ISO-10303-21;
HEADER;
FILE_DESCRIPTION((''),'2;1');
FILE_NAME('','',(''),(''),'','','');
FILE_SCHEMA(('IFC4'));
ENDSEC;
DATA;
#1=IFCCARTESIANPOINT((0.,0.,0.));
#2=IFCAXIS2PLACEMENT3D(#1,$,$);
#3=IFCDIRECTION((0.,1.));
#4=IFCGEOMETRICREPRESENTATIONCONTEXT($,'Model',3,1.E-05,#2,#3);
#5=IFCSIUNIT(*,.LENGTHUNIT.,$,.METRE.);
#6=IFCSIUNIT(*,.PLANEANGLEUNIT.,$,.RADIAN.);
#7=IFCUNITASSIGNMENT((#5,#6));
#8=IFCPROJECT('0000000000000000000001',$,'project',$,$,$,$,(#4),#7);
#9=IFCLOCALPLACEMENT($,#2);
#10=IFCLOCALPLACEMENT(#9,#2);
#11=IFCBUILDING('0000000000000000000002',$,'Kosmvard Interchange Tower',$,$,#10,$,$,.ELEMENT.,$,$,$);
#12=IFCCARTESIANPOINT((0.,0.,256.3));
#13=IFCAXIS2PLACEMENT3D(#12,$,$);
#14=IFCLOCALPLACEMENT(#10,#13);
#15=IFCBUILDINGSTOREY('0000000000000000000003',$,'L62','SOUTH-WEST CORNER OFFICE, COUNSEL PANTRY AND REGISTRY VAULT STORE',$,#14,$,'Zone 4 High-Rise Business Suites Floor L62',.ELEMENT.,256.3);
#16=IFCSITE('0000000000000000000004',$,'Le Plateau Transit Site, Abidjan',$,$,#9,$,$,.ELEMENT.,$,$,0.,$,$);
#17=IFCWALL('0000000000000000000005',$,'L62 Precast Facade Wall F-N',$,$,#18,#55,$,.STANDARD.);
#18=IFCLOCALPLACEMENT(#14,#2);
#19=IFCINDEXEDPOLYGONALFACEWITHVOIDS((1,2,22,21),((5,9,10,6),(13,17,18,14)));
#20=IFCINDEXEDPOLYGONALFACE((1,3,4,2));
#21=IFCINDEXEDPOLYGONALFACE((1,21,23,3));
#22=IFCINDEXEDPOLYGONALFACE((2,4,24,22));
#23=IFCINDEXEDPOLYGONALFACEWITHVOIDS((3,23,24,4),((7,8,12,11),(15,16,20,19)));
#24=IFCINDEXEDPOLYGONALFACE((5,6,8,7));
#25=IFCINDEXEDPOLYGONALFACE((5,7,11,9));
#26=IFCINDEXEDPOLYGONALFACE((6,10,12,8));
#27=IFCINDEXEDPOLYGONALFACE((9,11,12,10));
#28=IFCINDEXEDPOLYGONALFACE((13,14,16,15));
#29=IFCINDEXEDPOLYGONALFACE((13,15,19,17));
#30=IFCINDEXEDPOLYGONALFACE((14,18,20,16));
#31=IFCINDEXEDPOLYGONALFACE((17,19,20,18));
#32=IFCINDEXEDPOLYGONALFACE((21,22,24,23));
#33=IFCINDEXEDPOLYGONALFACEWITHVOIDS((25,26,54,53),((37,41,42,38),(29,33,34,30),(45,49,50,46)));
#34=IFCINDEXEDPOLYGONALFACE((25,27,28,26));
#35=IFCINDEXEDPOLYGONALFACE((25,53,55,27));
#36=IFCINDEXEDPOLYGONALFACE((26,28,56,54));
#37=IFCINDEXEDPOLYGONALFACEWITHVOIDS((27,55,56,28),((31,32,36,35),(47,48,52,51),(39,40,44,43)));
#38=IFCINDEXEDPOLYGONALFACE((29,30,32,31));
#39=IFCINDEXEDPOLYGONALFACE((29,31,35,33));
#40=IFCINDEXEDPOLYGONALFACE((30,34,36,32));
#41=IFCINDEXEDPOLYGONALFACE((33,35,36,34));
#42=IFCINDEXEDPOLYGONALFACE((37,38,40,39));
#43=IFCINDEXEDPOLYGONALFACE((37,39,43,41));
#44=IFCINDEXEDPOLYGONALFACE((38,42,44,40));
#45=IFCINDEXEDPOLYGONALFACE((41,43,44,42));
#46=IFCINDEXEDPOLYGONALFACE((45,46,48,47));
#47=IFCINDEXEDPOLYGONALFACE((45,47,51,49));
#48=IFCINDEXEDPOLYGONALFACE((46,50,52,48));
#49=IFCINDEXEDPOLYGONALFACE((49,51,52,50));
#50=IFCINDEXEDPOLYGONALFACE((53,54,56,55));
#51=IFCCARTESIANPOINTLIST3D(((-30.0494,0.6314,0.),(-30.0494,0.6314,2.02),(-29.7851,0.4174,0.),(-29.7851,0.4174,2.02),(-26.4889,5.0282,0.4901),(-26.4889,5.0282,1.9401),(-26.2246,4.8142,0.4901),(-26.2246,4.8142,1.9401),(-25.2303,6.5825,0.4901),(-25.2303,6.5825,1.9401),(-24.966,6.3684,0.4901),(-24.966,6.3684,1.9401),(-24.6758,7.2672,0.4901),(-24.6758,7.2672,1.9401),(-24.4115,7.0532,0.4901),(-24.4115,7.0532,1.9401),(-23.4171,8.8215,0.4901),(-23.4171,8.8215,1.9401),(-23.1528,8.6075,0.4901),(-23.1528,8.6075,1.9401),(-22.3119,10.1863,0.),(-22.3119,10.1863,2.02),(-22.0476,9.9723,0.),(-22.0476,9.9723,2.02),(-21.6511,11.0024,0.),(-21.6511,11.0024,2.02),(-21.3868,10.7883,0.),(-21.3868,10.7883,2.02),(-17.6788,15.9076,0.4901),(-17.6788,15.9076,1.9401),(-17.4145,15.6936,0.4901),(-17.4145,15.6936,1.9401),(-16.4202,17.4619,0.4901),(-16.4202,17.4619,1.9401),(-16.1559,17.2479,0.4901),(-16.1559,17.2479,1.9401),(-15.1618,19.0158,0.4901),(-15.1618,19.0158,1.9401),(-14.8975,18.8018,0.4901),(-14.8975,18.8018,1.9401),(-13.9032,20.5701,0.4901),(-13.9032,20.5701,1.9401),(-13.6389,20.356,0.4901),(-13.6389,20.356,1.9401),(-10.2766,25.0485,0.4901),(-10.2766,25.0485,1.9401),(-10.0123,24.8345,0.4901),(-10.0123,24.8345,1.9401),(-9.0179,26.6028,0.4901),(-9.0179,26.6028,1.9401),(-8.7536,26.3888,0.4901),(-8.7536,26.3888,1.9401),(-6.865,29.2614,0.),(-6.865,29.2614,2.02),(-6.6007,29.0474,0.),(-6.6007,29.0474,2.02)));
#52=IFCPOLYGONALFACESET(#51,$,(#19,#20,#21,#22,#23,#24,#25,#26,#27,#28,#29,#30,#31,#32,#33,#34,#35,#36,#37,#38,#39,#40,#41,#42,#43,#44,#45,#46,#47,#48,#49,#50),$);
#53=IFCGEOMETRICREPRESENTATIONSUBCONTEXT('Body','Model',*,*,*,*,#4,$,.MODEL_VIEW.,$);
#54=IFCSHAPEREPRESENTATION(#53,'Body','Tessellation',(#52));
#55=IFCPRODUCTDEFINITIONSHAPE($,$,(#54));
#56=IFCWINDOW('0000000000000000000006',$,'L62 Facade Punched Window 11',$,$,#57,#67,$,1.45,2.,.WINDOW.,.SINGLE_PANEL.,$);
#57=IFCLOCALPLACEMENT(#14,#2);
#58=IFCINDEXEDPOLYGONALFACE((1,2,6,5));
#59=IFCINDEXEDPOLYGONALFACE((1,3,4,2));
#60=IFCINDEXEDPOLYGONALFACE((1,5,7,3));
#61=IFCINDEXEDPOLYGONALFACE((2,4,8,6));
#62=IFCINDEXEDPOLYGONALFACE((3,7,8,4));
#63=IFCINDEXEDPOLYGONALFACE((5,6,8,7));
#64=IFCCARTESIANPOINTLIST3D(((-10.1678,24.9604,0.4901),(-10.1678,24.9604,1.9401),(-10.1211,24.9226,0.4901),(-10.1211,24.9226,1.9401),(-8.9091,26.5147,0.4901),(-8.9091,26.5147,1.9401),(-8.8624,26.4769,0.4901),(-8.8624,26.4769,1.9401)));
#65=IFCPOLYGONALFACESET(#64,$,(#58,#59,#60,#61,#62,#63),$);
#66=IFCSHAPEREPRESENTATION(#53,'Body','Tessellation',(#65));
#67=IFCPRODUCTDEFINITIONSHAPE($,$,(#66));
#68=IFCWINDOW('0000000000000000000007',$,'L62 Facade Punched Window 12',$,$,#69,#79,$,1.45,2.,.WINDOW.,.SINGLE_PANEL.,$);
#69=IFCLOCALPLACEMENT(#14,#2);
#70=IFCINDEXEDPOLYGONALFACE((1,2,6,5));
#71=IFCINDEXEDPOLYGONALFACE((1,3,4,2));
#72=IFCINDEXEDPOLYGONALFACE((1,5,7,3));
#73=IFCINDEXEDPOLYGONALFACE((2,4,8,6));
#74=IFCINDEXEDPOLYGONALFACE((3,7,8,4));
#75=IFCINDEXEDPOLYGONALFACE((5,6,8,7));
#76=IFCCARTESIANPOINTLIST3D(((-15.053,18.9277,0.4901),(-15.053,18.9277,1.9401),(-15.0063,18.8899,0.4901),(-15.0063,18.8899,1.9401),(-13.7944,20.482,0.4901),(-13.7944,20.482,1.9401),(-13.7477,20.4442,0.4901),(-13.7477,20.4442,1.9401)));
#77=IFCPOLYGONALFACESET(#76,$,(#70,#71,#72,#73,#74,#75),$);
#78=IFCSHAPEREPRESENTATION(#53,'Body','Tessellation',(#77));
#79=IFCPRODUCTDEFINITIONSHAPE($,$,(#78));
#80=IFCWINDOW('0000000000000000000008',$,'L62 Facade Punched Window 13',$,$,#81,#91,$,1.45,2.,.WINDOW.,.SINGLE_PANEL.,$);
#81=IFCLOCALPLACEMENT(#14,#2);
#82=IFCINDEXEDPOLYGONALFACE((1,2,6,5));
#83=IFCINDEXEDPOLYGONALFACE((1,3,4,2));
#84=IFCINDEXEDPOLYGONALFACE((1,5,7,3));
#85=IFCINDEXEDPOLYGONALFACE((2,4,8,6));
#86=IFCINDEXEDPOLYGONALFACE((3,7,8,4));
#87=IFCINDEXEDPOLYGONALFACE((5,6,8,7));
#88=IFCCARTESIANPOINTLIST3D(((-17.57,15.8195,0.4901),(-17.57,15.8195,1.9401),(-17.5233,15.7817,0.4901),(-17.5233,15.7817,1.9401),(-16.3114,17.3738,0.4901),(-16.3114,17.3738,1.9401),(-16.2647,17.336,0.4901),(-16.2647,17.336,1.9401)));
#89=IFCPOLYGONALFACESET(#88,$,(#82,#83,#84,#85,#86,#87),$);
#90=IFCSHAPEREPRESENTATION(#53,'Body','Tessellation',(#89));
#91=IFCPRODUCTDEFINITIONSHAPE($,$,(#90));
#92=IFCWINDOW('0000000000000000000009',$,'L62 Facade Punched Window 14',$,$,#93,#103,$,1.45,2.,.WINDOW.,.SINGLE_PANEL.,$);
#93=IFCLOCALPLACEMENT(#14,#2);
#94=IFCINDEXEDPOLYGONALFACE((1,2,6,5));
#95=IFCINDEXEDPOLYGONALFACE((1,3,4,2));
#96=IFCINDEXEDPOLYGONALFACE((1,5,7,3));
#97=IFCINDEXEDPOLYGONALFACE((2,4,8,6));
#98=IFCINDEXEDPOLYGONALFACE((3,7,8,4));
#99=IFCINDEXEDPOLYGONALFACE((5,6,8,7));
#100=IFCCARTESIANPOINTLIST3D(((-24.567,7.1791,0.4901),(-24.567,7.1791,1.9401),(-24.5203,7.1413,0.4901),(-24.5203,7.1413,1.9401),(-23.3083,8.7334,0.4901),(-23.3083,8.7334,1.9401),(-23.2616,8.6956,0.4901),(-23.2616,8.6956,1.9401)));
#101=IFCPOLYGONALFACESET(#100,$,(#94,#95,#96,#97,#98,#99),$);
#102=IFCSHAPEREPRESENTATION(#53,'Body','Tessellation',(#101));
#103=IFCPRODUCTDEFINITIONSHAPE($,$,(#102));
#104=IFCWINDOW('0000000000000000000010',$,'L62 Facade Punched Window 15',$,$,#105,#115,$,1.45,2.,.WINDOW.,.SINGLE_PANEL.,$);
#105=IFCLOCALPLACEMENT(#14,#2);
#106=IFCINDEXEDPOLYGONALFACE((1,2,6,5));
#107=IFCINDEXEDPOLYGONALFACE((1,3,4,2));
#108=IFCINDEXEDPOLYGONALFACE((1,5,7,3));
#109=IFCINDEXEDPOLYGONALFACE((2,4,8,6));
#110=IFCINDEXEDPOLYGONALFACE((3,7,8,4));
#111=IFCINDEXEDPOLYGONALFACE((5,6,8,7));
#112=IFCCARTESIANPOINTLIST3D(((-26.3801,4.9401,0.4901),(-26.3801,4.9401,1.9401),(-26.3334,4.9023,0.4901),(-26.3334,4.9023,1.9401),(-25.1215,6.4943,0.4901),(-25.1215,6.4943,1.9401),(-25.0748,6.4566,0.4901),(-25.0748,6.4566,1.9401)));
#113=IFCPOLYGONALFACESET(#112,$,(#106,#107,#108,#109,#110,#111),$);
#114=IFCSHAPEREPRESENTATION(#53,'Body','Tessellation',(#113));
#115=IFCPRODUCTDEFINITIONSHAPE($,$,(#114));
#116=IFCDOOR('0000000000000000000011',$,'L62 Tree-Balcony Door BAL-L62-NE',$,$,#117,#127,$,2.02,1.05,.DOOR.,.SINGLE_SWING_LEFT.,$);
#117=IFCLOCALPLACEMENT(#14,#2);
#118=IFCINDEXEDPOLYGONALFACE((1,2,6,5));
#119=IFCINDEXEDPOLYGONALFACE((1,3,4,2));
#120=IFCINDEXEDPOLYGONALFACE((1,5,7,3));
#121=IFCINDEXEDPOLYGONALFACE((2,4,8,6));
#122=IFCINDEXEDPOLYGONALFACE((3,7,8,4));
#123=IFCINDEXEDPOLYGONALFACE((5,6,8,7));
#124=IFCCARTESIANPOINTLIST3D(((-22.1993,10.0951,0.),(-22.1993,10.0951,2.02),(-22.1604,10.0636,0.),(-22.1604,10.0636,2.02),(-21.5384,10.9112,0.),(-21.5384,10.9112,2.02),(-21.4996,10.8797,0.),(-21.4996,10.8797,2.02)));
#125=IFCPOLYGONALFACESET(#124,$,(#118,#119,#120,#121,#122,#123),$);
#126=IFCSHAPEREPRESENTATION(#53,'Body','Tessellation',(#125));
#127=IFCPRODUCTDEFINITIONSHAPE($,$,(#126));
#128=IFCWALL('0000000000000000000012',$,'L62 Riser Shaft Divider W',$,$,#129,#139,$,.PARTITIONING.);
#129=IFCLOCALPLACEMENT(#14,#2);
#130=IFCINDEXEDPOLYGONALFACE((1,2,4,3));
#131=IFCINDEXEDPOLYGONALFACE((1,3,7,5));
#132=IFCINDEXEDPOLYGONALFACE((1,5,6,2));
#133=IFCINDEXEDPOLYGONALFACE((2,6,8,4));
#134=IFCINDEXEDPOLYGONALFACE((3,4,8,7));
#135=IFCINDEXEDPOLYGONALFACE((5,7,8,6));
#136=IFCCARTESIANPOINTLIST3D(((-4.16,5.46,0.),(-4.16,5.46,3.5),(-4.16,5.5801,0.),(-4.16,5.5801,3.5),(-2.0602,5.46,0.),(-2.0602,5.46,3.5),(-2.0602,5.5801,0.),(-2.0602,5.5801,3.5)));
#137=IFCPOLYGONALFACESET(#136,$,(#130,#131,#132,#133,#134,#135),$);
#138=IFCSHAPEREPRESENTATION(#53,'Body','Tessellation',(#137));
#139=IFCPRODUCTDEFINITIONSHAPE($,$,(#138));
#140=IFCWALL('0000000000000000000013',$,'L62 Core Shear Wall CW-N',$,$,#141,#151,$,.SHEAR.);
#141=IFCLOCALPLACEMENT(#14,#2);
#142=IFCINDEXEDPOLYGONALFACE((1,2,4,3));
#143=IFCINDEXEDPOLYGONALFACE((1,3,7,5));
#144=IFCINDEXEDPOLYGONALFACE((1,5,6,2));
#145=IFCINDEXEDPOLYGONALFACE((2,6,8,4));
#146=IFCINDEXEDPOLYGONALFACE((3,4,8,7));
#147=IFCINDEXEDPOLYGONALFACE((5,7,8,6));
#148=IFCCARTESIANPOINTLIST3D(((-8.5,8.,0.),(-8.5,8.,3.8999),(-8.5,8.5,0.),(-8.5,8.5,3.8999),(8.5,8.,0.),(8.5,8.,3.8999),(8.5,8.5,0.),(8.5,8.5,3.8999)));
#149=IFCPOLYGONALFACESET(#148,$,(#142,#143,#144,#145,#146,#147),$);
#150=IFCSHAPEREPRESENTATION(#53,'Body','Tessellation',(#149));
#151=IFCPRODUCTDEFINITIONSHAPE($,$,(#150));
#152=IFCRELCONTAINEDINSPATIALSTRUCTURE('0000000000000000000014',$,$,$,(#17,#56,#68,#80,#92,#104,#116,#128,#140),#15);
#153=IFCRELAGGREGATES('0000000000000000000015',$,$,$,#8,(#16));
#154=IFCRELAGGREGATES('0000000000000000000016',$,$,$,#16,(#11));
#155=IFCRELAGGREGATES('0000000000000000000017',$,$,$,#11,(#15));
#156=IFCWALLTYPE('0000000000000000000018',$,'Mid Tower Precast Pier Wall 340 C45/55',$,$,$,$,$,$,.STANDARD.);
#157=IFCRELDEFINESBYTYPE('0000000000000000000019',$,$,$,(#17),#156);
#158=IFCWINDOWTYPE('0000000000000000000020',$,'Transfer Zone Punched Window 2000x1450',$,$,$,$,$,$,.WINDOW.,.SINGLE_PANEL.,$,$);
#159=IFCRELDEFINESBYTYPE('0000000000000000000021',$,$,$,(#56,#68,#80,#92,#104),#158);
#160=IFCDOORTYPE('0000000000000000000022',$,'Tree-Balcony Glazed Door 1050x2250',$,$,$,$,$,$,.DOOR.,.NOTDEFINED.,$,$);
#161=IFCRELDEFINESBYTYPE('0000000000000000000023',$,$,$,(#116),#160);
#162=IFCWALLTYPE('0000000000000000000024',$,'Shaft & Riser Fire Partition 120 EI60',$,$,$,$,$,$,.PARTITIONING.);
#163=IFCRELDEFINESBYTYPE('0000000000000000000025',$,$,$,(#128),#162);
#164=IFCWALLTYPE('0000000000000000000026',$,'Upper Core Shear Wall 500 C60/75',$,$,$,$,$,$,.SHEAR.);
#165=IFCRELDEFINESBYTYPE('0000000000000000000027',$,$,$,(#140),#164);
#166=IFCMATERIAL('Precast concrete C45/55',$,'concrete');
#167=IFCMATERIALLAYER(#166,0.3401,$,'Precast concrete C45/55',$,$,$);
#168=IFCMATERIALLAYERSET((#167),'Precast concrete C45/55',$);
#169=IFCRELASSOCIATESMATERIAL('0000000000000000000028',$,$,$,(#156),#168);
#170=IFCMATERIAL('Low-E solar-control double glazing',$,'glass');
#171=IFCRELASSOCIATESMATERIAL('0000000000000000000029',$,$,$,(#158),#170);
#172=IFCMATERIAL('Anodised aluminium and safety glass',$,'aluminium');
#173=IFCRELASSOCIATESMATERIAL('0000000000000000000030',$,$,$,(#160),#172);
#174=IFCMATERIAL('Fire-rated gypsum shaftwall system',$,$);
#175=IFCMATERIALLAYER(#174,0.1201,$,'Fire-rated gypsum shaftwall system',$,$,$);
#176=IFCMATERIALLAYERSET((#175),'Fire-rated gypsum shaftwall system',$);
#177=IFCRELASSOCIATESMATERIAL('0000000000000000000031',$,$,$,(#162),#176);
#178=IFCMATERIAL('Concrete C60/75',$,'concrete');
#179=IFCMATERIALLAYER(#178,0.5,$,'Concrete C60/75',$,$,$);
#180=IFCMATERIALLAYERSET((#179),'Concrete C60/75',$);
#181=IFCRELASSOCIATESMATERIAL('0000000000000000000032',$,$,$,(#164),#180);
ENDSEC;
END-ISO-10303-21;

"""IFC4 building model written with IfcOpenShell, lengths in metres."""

from ifc_helpers import new_model, si_unit, direction, frame, frame_2d, origin, place, context, subcontext, project, spatial, rectangle, extrude, source, transform, mapped, material, layer, layer_set, type_object, element, fill, save


model = new_model("IFC4")

# Units and contexts
model_context = context("Model", 3, precision=1e-05, world=origin(), true_north=direction((0.0, 1.0)))
body_context = subcontext(model_context, "Body", "Model", "MODEL_VIEW")
ifc_project = project(units=[si_unit("LENGTHUNIT", "METRE"), si_unit("PLANEANGLEUNIT", "RADIAN")], contexts=[model_context])

# Site, building, storey
site_placement = place(None, origin())
site = spatial("IfcSite", under=ifc_project, at=site_placement, Name="Le Plateau Transit Site, Abidjan", CompositionType="ELEMENT", RefElevation=0.0)
building_placement = place(site_placement, origin())
building = spatial("IfcBuilding", under=site, at=building_placement, Name="Kosmvard Interchange Tower", CompositionType="ELEMENT")
storey_placement = place(building_placement, frame((0.0, 0.0, 256.3)))
storey = spatial("IfcBuildingStorey", under=building, at=storey_placement, Name="L62", Description="SOUTH-WEST CORNER OFFICE, COUNSEL PANTRY AND REGISTRY VAULT STORE", LongName="Zone 4 High-Rise Business Suites Floor L62", CompositionType="ELEMENT", Elevation=256.3)

# Shared definitions
ifc_material_1 = material(Name="Concrete C60/75", Category="concrete")

# Shared definitions
ifc_material_2 = material(Name="Precast concrete C45/55", Category="concrete")
ifc_layer_1 = layer(ifc_material_2, 0.3401, Name="Precast concrete C45/55")
ifc_layer_set_1 = layer_set([ifc_layer_1], Name="Precast concrete C45/55")
wall_type_1 = type_object("IfcWallType", Name="Mid Tower Precast Pier Wall 340 C45/55", PredefinedType="STANDARD", material=ifc_layer_set_1)

# Wall, openings, windows, door
wall_1_placement = place(storey_placement, frame((-6.7329, 29.1543, 0.0), z_axis=(0.0, 0.0, 1.0), x_axis=(-0.629325, -0.777142, 0.0)))
wall_1 = element("IfcWall", 1, at=wall_1_placement, inside=storey, type_object=wall_type_1, Name="L62 Precast Facade Wall F-N", PredefinedType="STANDARD", context=body_context, shape_type="SweptSolid", body=[
    extrude(rectangle(XDim=36.8401, YDim=0.3401, at=frame_2d((18.4199, 0.0))), origin(), (0.0, 0.0, 1.0), 2.02),
])
opening_1_placement = place(wall_1_placement, frame((23.4951, 0.0, 0.0)))
opening_1 = element("IfcOpeningElement", 2, at=opening_1_placement, cuts=wall_1, PredefinedType="OPENING", context=body_context, shape_type="SweptSolid", body=[
    extrude(rectangle(XDim=1.05, YDim=2.02, at=frame_2d((0.5249, 1.01))), frame((0.0, 0.1802, 0.0), z_axis=(0.0, -1.0, 0.0), x_axis=(1.0, 0.0, 0.0)), (0.0, 0.0, 1.0), 0.3601),
])
opening_2_placement = place(wall_1_placement, frame((3.4209, 0.0, 0.49)))
opening_2 = element("IfcOpeningElement", 3, at=opening_2_placement, cuts=wall_1, PredefinedType="OPENING", context=body_context, shape_type="SweptSolid", body=[
    extrude(rectangle(XDim=2.0, YDim=1.45, at=frame_2d((1.0, 0.7251))), frame((0.0, 0.1802, 0.0), z_axis=(0.0, -1.0, 0.0), x_axis=(1.0, 0.0, 0.0)), (0.0, 0.0, 1.0), 0.3601),
])
opening_3_placement = place(wall_1_placement, frame((11.1836, 0.0, 0.49)))
opening_3 = element("IfcOpeningElement", 4, at=opening_3_placement, cuts=wall_1, PredefinedType="OPENING", context=body_context, shape_type="SweptSolid", body=[
    extrude(rectangle(XDim=2.0, YDim=1.45, at=frame_2d((1.0, 0.7251))), frame((0.0, 0.1802, 0.0), z_axis=(0.0, -1.0, 0.0), x_axis=(1.0, 0.0, 0.0)), (0.0, 0.0, 1.0), 0.3601),
])
opening_4_placement = place(wall_1_placement, frame((15.1831, 0.0, 0.49)))
opening_4 = element("IfcOpeningElement", 5, at=opening_4_placement, cuts=wall_1, PredefinedType="OPENING", context=body_context, shape_type="SweptSolid", body=[
    extrude(rectangle(XDim=2.0, YDim=1.45, at=frame_2d((1.0, 0.7251))), frame((0.0, 0.1802, 0.0), z_axis=(0.0, -1.0, 0.0), x_axis=(1.0, 0.0, 0.0)), (0.0, 0.0, 1.0), 0.3601),
])
opening_5_placement = place(wall_1_placement, frame((26.3013, 0.0, 0.49)))
opening_5 = element("IfcOpeningElement", 6, at=opening_5_placement, cuts=wall_1, PredefinedType="OPENING", context=body_context, shape_type="SweptSolid", body=[
    extrude(rectangle(XDim=2.0, YDim=1.45, at=frame_2d((1.0, 0.7251))), frame((0.0, 0.1802, 0.0), z_axis=(0.0, -1.0, 0.0), x_axis=(1.0, 0.0, 0.0)), (0.0, 0.0, 1.0), 0.3601),
])
opening_6_placement = place(wall_1_placement, frame((29.1824, 0.0, 0.49)))
opening_6 = element("IfcOpeningElement", 7, at=opening_6_placement, cuts=wall_1, PredefinedType="OPENING", context=body_context, shape_type="SweptSolid", body=[
    extrude(rectangle(XDim=2.0, YDim=1.45, at=frame_2d((1.0, 0.7251))), frame((0.0, 0.1802, 0.0), z_axis=(0.0, -1.0, 0.0), x_axis=(1.0, 0.0, 0.0)), (0.0, 0.0, 1.0), 0.3601),
])
ifc_material_3 = material(Name="Low-E solar-control double glazing", Category="glass")
window_type = type_object("IfcWindowType", Name="Transfer Zone Punched Window 2000x1450", PartitioningType="SINGLE_PANEL", PredefinedType="WINDOW", material=ifc_material_3)
shared_shape_1 = source(origin(), body_context, "Body", "SweptSolid", [
    extrude(rectangle(XDim=2.0, YDim=1.45, at=frame_2d((1.0, 0.7251))), frame((0.0, 0.03, 0.0), z_axis=(0.0, -1.0, 0.0), x_axis=(1.0, 0.0, 0.0)), (0.0, 0.0, 1.0), 0.0601),
])
window_1_placement = place(opening_2_placement, origin())
window_1 = element("IfcWindow", 8, at=window_1_placement, inside=storey, type_object=window_type, Name="L62 Facade Punched Window 11", OverallHeight=1.45, OverallWidth=2.0, PartitioningType="SINGLE_PANEL", PredefinedType="WINDOW", context=body_context, shape_type="MappedRepresentation", body=[
    mapped(shared_shape_1, transform((0.0, 0.0, 0.0), scale=1.0)),
])
fill(opening_2, window_1)
window_2_placement = place(opening_3_placement, origin())
window_2 = element("IfcWindow", 9, at=window_2_placement, inside=storey, type_object=window_type, Name="L62 Facade Punched Window 12", OverallHeight=1.45, OverallWidth=2.0, PartitioningType="SINGLE_PANEL", PredefinedType="WINDOW", context=body_context, shape_type="MappedRepresentation", body=[
    mapped(shared_shape_1, transform((0.0, 0.0, 0.0), scale=1.0)),
])
fill(opening_3, window_2)
window_3_placement = place(opening_4_placement, origin())
window_3 = element("IfcWindow", 10, at=window_3_placement, inside=storey, type_object=window_type, Name="L62 Facade Punched Window 13", OverallHeight=1.45, OverallWidth=2.0, PartitioningType="SINGLE_PANEL", PredefinedType="WINDOW", context=body_context, shape_type="MappedRepresentation", body=[
    mapped(shared_shape_1, transform((0.0, 0.0, 0.0), scale=1.0)),
])
fill(opening_4, window_3)
window_4_placement = place(opening_5_placement, origin())
window_4 = element("IfcWindow", 11, at=window_4_placement, inside=storey, type_object=window_type, Name="L62 Facade Punched Window 14", OverallHeight=1.45, OverallWidth=2.0, PartitioningType="SINGLE_PANEL", PredefinedType="WINDOW", context=body_context, shape_type="MappedRepresentation", body=[
    mapped(shared_shape_1, transform((0.0, 0.0, 0.0), scale=1.0)),
])
fill(opening_5, window_4)
window_5_placement = place(opening_6_placement, origin())
window_5 = element("IfcWindow", 12, at=window_5_placement, inside=storey, type_object=window_type, Name="L62 Facade Punched Window 15", OverallHeight=1.45, OverallWidth=2.0, PartitioningType="SINGLE_PANEL", PredefinedType="WINDOW", context=body_context, shape_type="MappedRepresentation", body=[
    mapped(shared_shape_1, transform((0.0, 0.0, 0.0), scale=1.0)),
])
fill(opening_6, window_5)
ifc_material_4 = material(Name="Anodised aluminium and safety glass", Category="aluminium")
door_type = type_object("IfcDoorType", Name="Tree-Balcony Glazed Door 1050x2250", OperationType="NOTDEFINED", PredefinedType="DOOR", material=ifc_material_4)
shared_shape_2 = source(origin(), body_context, "Body", "SweptSolid", [
    extrude(rectangle(XDim=1.05, YDim=2.02, at=frame_2d((0.5249, 1.01))), frame((0.0, 0.0249, 0.0), z_axis=(0.0, -1.0, 0.0), x_axis=(1.0, 0.0, 0.0)), (0.0, 0.0, 1.0), 0.05),
])
door_placement = place(opening_1_placement, origin())
door = element("IfcDoor", 13, at=door_placement, inside=storey, type_object=door_type, Name="L62 Tree-Balcony Door BAL-L62-NE", OperationType="SINGLE_SWING_LEFT", OverallHeight=2.02, OverallWidth=1.05, PredefinedType="DOOR", context=body_context, shape_type="MappedRepresentation", body=[
    mapped(shared_shape_2, transform((0.0, 0.0, 0.0), scale=1.0)),
])
fill(opening_1, door)

# Walls
ifc_material_5 = material(Name="Fire-rated gypsum shaftwall system")
ifc_layer_2 = layer(ifc_material_5, 0.1201, Name="Fire-rated gypsum shaftwall system")
ifc_layer_set_2 = layer_set([ifc_layer_2], Name="Fire-rated gypsum shaftwall system")
wall_type_2 = type_object("IfcWallType", Name="Shaft & Riser Fire Partition 120 EI60", PredefinedType="PARTITIONING", material=ifc_layer_set_2)
wall_2_placement = place(storey_placement, frame((-4.1599, 5.52, 0.0), z_axis=(0.0, 0.0, 1.0), x_axis=(1.0, 0.0, 0.0)))
element("IfcWall", 14, at=wall_2_placement, inside=storey, type_object=wall_type_2, Name="L62 Riser Shaft Divider W", PredefinedType="PARTITIONING", context=body_context, shape_type="SweptSolid", body=[
    extrude(rectangle(XDim=2.0999, YDim=0.1201, at=frame_2d((1.0498, 0.0))), origin(), (0.0, 0.0, 1.0), 3.5),
])
ifc_layer_3 = layer(ifc_material_1, 0.5, Name="Concrete C60/75")
ifc_layer_set_3 = layer_set([ifc_layer_3], Name="Concrete C60/75")
wall_type_3 = type_object("IfcWallType", Name="Upper Core Shear Wall 500 C60/75", PredefinedType="SHEAR", material=ifc_layer_set_3)
wall_3_placement = place(storey_placement, frame((-8.5, 8.25, 0.0), z_axis=(0.0, 0.0, 1.0), x_axis=(1.0, 0.0, 0.0)))
element("IfcWall", 15, at=wall_3_placement, inside=storey, type_object=wall_type_3, Name="L62 Core Shear Wall CW-N", PredefinedType="SHEAR", context=body_context, shape_type="SweptSolid", body=[
    extrude(rectangle(XDim=17.0, YDim=0.5, at=frame_2d((8.5, 0.0))), origin(), (0.0, 0.0, 1.0), 3.8999),
])

save(model, "model.ifc")
